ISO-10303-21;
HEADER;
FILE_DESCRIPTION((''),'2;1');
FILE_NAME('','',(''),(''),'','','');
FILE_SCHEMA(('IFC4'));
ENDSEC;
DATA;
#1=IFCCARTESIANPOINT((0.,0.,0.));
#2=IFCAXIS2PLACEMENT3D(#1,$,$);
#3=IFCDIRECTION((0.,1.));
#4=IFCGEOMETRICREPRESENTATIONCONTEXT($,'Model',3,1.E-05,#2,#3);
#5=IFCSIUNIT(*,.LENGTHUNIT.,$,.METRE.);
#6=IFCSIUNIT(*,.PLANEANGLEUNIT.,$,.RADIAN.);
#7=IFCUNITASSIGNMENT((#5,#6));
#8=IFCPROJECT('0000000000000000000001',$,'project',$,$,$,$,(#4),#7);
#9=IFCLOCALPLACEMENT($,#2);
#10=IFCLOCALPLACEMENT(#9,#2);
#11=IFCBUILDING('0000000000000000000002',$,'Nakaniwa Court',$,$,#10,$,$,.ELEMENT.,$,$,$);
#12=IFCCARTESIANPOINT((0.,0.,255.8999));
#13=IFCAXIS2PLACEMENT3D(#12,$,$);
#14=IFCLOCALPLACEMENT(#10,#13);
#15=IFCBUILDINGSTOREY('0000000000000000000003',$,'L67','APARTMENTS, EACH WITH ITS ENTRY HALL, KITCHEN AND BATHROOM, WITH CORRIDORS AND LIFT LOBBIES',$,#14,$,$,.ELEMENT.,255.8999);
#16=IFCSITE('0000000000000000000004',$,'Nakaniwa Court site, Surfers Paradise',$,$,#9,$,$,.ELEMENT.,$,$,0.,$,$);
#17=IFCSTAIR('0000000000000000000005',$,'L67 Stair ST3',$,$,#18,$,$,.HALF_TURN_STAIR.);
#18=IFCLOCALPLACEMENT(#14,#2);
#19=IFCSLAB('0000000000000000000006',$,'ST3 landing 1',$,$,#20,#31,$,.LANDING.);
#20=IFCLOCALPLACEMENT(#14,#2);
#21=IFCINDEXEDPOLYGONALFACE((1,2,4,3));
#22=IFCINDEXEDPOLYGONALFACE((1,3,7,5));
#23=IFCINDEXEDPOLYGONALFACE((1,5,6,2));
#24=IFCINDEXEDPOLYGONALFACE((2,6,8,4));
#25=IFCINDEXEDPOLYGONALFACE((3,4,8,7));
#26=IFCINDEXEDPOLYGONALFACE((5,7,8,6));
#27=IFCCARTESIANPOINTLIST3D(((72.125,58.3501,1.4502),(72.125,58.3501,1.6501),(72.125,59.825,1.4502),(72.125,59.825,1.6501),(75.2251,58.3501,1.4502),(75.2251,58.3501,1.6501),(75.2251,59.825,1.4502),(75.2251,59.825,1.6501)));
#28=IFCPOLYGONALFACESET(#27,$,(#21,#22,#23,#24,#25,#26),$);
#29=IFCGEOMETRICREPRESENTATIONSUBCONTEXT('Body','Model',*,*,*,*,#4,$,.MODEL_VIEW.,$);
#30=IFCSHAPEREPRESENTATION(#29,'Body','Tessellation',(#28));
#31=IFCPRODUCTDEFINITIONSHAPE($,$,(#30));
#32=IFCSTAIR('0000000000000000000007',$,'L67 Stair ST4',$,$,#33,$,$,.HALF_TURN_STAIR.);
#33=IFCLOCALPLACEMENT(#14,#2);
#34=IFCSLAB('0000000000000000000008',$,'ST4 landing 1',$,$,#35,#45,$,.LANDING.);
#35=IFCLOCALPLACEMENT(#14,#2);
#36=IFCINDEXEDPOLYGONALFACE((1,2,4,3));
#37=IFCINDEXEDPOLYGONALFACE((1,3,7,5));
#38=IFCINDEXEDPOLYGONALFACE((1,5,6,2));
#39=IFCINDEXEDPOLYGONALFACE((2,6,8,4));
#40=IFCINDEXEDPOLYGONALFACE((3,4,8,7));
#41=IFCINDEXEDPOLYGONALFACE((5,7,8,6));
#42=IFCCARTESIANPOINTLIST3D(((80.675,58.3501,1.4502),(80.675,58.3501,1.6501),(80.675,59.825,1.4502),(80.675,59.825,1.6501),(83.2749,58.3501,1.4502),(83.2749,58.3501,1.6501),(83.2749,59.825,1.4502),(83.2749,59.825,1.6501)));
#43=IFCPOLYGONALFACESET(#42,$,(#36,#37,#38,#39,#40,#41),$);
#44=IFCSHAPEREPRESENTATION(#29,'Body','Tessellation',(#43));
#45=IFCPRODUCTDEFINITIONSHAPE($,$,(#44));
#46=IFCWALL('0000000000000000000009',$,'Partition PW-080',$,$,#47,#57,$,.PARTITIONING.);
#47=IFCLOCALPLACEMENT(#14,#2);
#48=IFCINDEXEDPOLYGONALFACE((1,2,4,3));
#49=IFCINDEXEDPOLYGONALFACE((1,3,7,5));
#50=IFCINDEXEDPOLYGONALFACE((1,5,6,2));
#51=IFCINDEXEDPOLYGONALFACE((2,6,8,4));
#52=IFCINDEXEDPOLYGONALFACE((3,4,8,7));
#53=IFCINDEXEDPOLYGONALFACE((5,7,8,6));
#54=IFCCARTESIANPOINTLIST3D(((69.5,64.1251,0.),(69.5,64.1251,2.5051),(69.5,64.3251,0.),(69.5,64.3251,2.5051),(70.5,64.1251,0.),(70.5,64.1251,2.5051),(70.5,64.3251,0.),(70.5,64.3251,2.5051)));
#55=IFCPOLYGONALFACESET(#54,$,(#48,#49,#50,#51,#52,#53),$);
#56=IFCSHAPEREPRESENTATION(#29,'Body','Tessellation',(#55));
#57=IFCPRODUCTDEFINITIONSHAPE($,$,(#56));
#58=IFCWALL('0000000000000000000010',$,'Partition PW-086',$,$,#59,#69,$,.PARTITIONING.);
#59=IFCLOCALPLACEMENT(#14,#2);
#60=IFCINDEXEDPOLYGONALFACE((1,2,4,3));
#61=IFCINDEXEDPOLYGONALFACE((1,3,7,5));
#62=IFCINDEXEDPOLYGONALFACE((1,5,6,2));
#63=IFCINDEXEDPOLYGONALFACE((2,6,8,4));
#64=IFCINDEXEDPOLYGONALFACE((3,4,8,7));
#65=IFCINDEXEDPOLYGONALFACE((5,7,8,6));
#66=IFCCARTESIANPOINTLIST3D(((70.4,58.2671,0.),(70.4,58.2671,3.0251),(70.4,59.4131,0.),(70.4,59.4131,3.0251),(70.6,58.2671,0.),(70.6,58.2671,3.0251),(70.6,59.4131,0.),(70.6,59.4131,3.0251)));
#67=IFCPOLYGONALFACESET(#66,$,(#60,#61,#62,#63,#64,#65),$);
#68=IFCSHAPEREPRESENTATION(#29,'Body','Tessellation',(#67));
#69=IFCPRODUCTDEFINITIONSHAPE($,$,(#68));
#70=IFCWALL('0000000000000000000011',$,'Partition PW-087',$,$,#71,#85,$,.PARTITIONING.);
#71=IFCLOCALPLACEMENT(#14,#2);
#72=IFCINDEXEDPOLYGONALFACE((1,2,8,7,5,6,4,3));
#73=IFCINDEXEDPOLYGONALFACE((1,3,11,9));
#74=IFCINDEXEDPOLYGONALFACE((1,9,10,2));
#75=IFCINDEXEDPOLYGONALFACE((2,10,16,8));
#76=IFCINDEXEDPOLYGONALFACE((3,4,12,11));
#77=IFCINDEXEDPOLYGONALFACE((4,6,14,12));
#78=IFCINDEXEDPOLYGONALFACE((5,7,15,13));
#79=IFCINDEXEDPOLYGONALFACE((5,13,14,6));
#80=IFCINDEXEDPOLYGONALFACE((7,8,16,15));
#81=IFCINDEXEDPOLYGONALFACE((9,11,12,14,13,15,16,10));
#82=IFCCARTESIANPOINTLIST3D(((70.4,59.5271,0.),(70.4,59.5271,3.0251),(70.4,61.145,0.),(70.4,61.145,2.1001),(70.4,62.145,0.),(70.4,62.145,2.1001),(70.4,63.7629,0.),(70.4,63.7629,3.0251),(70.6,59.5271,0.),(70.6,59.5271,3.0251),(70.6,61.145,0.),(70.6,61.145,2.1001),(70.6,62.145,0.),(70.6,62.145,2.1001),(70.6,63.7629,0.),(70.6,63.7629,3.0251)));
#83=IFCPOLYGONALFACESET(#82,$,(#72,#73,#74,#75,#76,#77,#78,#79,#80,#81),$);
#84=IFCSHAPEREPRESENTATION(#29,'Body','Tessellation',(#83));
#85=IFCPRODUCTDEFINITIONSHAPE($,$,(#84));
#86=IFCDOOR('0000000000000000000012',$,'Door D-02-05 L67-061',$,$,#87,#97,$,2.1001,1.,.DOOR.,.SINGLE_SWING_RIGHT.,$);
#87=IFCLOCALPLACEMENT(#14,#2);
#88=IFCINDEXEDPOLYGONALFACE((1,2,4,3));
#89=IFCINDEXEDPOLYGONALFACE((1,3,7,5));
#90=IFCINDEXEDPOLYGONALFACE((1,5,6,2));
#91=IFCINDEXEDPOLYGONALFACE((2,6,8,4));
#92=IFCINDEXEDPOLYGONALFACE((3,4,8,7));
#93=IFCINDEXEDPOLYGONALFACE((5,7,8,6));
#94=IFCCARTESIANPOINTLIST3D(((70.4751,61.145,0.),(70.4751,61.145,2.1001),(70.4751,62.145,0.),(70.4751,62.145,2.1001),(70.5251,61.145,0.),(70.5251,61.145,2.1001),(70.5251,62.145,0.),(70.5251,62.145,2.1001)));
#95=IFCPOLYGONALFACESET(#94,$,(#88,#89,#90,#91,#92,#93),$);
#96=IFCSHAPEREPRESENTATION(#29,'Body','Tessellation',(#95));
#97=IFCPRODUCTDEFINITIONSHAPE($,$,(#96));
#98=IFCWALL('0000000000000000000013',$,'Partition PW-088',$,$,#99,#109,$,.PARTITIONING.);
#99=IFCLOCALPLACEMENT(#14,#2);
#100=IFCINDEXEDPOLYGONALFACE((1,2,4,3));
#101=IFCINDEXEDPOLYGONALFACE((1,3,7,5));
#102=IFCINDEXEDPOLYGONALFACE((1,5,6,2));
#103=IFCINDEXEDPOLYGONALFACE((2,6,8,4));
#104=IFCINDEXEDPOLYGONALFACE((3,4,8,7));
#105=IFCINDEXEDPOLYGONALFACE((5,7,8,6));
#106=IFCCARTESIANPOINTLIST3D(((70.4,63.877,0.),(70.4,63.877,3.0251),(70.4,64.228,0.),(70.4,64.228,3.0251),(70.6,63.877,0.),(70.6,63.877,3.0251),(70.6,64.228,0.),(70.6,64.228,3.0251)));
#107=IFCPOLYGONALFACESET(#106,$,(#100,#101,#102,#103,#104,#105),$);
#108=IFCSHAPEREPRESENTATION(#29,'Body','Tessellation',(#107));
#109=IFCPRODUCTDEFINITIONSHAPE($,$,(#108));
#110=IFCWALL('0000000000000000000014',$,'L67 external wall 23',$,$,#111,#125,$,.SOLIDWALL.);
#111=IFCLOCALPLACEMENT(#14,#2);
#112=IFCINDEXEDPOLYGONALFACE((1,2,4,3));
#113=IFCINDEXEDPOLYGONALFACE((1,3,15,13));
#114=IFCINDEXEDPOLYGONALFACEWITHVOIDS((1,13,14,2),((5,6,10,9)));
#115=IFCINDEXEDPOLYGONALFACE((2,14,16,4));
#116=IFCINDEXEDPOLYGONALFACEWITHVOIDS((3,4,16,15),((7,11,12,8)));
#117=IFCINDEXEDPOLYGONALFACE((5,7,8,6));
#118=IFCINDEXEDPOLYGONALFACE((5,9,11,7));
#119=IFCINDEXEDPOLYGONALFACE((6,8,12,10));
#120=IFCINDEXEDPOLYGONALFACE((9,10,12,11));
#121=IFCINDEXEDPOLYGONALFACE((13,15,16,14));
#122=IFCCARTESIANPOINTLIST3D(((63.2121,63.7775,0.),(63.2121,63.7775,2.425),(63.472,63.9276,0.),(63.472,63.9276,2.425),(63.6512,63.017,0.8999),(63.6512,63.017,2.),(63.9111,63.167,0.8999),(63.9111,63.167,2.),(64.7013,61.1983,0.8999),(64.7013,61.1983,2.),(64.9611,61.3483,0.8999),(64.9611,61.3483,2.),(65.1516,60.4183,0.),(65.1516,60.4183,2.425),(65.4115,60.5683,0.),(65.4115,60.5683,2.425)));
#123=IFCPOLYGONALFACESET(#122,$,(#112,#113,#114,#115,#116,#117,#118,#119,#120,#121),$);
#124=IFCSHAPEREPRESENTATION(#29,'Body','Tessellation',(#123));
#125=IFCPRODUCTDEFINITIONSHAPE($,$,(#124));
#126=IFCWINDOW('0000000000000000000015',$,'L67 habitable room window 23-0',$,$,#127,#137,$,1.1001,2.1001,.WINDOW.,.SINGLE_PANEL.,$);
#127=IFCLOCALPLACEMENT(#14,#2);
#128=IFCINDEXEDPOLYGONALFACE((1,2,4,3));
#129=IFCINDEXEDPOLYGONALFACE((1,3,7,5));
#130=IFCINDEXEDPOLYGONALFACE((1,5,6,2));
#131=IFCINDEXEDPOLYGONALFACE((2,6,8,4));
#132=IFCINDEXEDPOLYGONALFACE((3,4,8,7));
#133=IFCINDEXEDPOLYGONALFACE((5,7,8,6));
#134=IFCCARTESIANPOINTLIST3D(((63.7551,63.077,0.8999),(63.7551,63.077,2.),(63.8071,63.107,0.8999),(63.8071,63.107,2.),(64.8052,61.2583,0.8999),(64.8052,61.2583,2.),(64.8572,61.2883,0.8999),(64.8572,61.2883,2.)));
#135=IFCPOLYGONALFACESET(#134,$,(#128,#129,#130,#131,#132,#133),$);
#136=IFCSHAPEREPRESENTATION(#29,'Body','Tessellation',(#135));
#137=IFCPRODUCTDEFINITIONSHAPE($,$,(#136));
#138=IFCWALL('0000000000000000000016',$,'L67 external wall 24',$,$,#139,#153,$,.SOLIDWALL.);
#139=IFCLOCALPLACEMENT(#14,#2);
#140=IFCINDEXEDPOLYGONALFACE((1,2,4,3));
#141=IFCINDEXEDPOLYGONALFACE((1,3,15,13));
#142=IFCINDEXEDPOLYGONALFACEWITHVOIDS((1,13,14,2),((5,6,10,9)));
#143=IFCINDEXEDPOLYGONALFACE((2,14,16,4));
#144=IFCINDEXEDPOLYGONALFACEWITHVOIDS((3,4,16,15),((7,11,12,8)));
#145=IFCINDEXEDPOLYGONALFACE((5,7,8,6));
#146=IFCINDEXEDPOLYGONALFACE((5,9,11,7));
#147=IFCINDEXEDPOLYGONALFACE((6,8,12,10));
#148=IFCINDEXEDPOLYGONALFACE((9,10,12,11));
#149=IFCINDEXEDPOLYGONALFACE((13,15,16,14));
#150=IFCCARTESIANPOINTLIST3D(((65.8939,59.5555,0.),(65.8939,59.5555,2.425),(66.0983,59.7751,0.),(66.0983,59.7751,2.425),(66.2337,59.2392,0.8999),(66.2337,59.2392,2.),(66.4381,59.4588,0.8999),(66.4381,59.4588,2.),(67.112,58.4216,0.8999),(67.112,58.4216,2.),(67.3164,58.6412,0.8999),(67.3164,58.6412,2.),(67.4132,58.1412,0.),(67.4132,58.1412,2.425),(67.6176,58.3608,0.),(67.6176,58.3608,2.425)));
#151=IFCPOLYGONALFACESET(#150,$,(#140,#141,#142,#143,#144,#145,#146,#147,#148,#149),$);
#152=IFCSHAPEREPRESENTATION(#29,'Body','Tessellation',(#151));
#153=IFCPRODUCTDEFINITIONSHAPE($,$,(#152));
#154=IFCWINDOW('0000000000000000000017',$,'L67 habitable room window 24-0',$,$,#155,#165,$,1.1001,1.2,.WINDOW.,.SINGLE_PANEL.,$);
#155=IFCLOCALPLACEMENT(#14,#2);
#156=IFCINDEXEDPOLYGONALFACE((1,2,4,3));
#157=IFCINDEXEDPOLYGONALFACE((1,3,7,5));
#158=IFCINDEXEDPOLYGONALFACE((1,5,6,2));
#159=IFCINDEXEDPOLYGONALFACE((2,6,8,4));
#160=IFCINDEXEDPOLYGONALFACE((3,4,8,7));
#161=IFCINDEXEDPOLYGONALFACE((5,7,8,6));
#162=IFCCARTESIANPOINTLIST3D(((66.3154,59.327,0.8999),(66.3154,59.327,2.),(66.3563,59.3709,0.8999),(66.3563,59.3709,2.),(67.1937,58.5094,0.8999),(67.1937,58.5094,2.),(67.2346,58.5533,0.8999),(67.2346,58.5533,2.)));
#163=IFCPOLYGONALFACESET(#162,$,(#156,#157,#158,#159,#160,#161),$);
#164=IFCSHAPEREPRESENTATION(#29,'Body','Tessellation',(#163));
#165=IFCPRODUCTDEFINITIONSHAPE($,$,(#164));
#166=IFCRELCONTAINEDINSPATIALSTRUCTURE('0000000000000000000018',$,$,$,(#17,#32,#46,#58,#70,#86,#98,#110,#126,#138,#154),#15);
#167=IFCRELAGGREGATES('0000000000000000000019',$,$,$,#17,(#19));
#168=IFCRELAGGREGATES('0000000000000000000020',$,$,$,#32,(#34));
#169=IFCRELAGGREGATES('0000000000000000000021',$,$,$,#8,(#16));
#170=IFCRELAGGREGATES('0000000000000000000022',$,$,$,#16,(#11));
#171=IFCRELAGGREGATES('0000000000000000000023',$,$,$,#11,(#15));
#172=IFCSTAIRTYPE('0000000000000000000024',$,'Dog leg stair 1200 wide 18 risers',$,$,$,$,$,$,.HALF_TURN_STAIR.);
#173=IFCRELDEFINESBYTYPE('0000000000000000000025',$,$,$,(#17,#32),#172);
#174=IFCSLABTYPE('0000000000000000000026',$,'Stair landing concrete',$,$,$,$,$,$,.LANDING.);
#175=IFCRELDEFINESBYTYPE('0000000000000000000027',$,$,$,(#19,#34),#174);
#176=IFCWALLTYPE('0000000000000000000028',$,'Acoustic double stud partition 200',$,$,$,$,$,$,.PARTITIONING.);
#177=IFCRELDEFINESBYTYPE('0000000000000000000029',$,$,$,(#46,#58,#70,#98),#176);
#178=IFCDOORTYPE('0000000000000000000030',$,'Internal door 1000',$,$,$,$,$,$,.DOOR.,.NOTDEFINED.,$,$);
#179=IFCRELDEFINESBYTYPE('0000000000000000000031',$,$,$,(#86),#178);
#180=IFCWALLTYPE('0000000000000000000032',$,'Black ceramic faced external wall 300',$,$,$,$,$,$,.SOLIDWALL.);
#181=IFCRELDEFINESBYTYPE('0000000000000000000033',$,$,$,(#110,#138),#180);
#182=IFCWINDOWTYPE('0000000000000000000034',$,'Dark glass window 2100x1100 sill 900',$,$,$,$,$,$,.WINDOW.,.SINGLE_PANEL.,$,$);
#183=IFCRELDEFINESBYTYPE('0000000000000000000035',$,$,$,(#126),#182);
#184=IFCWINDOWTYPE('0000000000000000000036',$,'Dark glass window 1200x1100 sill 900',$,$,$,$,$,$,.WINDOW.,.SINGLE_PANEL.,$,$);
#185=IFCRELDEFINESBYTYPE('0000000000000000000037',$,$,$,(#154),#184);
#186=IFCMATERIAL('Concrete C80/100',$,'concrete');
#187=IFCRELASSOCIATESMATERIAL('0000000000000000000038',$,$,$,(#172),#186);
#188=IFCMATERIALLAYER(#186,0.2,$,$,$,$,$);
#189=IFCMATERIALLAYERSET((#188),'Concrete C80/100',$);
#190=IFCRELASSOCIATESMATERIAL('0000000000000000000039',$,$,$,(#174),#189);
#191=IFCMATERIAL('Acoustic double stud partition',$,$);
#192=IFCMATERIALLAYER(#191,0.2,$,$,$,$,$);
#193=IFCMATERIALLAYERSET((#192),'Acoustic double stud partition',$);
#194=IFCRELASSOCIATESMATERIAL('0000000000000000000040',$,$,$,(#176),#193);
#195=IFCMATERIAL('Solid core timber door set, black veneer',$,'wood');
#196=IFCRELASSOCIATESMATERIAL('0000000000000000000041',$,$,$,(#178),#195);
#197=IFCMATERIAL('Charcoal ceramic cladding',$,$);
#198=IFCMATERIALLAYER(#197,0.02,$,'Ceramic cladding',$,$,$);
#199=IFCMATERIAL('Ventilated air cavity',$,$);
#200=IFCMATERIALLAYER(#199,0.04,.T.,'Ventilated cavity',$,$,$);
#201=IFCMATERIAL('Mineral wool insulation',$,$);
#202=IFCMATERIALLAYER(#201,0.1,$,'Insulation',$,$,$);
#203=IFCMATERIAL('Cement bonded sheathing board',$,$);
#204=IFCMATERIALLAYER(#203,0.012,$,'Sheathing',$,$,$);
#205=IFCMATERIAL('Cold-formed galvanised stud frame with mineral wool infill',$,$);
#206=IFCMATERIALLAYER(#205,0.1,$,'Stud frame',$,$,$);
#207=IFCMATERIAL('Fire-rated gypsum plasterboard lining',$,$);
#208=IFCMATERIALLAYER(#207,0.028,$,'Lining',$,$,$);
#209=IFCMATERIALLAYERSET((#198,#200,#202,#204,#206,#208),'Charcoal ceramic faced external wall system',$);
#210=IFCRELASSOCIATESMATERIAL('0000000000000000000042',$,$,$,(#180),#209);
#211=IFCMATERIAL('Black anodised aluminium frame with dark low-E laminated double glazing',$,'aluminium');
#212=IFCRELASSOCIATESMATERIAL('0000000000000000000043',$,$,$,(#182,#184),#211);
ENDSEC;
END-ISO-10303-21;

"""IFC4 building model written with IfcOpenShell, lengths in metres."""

from ifc_helpers import new_model, si_unit, direction, frame, frame_2d, origin, place, context, subcontext, project, spatial, polyline, rectangle, outline, extrude, material, layer, layer_set, type_object, element, fill, aggregate, save


model = new_model("IFC4")

# Units and contexts
model_context = context("Model", 3, precision=1e-05, world=origin(), true_north=direction((0.0, 1.0)))
body_context = subcontext(model_context, "Body", "Model", "MODEL_VIEW")
ifc_project = project(units=[si_unit("LENGTHUNIT", "METRE"), si_unit("PLANEANGLEUNIT", "RADIAN")], contexts=[model_context])

# Site, building, storey
site_placement = place(None, origin())
site = spatial("IfcSite", under=ifc_project, at=site_placement, Name="Nakaniwa Court site, Surfers Paradise", CompositionType="ELEMENT", RefElevation=0.0)
building_placement = place(site_placement, origin())
building = spatial("IfcBuilding", under=site, at=building_placement, Name="Nakaniwa Court", CompositionType="ELEMENT")
storey_placement = place(building_placement, frame((0.0, 0.0, 255.8999)))
storey = spatial("IfcBuildingStorey", under=building, at=storey_placement, Name="L67", Description="APARTMENTS, EACH WITH ITS ENTRY HALL, KITCHEN AND BATHROOM, WITH CORRIDORS AND LIFT LOBBIES", CompositionType="ELEMENT", Elevation=255.8999)

# Shared definitions
ifc_material_1 = material(Name="Concrete C80/100", Category="concrete")

# Stairs, slabs
stair_type = type_object("IfcStairType", Name="Dog leg stair 1200 wide 18 risers", PredefinedType="HALF_TURN_STAIR", material=ifc_material_1)
ifc_layer_1 = layer(ifc_material_1, 0.2)
ifc_layer_set_1 = layer_set([ifc_layer_1], Name="Concrete C80/100")
slab_type_1 = type_object("IfcSlabType", Name="Stair landing concrete", PredefinedType="LANDING", material=ifc_layer_set_1)
stair_1_placement = place(storey_placement, origin())
stair_1 = element("IfcStair", 1, at=stair_1_placement, inside=storey, type_object=stair_type, Name="L67 Stair ST3", PredefinedType="HALF_TURN_STAIR")
slab_1_placement = place(storey_placement, frame((0.0, 0.0, 1.4502)))
slab_1 = element("IfcSlab", 2, at=slab_1_placement, type_object=slab_type_1, Name="ST3 landing 1", PredefinedType="LANDING", context=body_context, shape_type="SweptSolid", body=[
    extrude(outline(polyline([(75.2251, 58.3501), (75.2251, 59.825), (72.125, 59.825), (72.125, 58.3501), (75.2251, 58.3501)])), origin(), (0.0, 0.0, 1.0), 0.2),
])
aggregate(stair_1, [slab_1])
stair_2_placement = place(storey_placement, origin())
stair_2 = element("IfcStair", 3, at=stair_2_placement, inside=storey, type_object=stair_type, Name="L67 Stair ST4", PredefinedType="HALF_TURN_STAIR")
slab_2_placement = place(storey_placement, frame((0.0, 0.0, 1.4502)))
slab_2 = element("IfcSlab", 4, at=slab_2_placement, type_object=slab_type_1, Name="ST4 landing 1", PredefinedType="LANDING", context=body_context, shape_type="SweptSolid", body=[
    extrude(outline(polyline([(83.2749, 58.3501), (83.2749, 59.825), (80.675, 59.825), (80.675, 58.3501), (83.2749, 58.3501)])), origin(), (0.0, 0.0, 1.0), 0.2),
])
aggregate(stair_2, [slab_2])

# Walls
ifc_material_2 = material(Name="Acoustic double stud partition")
ifc_layer_2 = layer(ifc_material_2, 0.2)
ifc_layer_set_2 = layer_set([ifc_layer_2], Name="Acoustic double stud partition")
wall_type_1 = type_object("IfcWallType", Name="Acoustic double stud partition 200", PredefinedType="PARTITIONING", material=ifc_layer_set_2)
wall_1_placement = place(storey_placement, frame((69.5, 64.2251, 0.0), z_axis=(0.0, 0.0, 1.0), x_axis=(1.0, 0.0, 0.0)))
element("IfcWall", 5, at=wall_1_placement, inside=storey, type_object=wall_type_1, Name="Partition PW-080", PredefinedType="PARTITIONING", context=body_context, shape_type="SweptSolid", body=[
    extrude(rectangle(XDim=1.0, YDim=0.2, at=frame_2d((0.5, 0.0))), origin(), (0.0, 0.0, 1.0), 2.5051),
])
wall_2_placement = place(storey_placement, frame((70.5, 58.2671, 0.0), z_axis=(0.0, 0.0, 1.0), x_axis=(0.0, 1.0, 0.0)))
element("IfcWall", 6, at=wall_2_placement, inside=storey, type_object=wall_type_1, Name="Partition PW-086", PredefinedType="PARTITIONING", context=body_context, shape_type="SweptSolid", body=[
    extrude(rectangle(XDim=1.146, YDim=0.2, at=frame_2d((0.573, 0.0))), origin(), (0.0, 0.0, 1.0), 3.0251),
])

# Wall, opening, door
wall_3_placement = place(storey_placement, frame((70.5, 59.5271, 0.0), z_axis=(0.0, 0.0, 1.0), x_axis=(0.0, 1.0, 0.0)))
wall_3 = element("IfcWall", 7, at=wall_3_placement, inside=storey, type_object=wall_type_1, Name="Partition PW-087", PredefinedType="PARTITIONING", context=body_context, shape_type="SweptSolid", body=[
    extrude(rectangle(XDim=4.2358, YDim=0.2, at=frame_2d((2.1179, 0.0))), origin(), (0.0, 0.0, 1.0), 3.0251),
])
opening_1_placement = place(wall_3_placement, frame((1.6179, 0.0, 0.0)))
opening_1 = element("IfcOpeningElement", 8, at=opening_1_placement, cuts=wall_3, PredefinedType="OPENING", context=body_context, shape_type="SweptSolid", body=[
    extrude(rectangle(XDim=1.0, YDim=2.1001, at=frame_2d((0.5, 1.05))), frame((0.0, 0.1099, 0.0), z_axis=(0.0, -1.0, 0.0), x_axis=(1.0, 0.0, 0.0)), (0.0, 0.0, 1.0), 0.22),
])
ifc_material_3 = material(Name="Solid core timber door set, black veneer", Category="wood")
door_type = type_object("IfcDoorType", Name="Internal door 1000", OperationType="NOTDEFINED", PredefinedType="DOOR", material=ifc_material_3)
door_placement = place(opening_1_placement, origin())
door = element("IfcDoor", 9, at=door_placement, inside=storey, type_object=door_type, Name="Door D-02-05 L67-061", OperationType="SINGLE_SWING_RIGHT", OverallHeight=2.1001, OverallWidth=1.0, PredefinedType="DOOR", context=body_context, shape_type="SweptSolid", body=[
    extrude(rectangle(XDim=1.0, YDim=2.1001, at=frame_2d((0.5, 1.05))), frame((0.0, 0.0249, 0.0), z_axis=(0.0, -1.0, 0.0), x_axis=(1.0, 0.0, 0.0)), (0.0, 0.0, 1.0), 0.05),
])
fill(opening_1, door)

# Wall
wall_4_placement = place(storey_placement, frame((70.5, 63.877, 0.0), z_axis=(0.0, 0.0, 1.0), x_axis=(0.0, 1.0, 0.0)))
element("IfcWall", 10, at=wall_4_placement, inside=storey, type_object=wall_type_1, Name="Partition PW-088", PredefinedType="PARTITIONING", context=body_context, shape_type="SweptSolid", body=[
    extrude(rectangle(XDim=0.3511, YDim=0.2, at=frame_2d((0.1755, 0.0))), origin(), (0.0, 0.0, 1.0), 3.0251),
])

# Walls, openings, windows
ifc_material_4 = material(Name="Charcoal ceramic cladding")
ifc_layer_3 = layer(ifc_material_4, 0.02, Name="Ceramic cladding")
ifc_material_5 = material(Name="Ventilated air cavity")
ifc_layer_4 = layer(ifc_material_5, 0.04, ventilated=True, Name="Ventilated cavity")
ifc_material_6 = material(Name="Mineral wool insulation")
ifc_layer_5 = layer(ifc_material_6, 0.1, Name="Insulation")
ifc_material_7 = material(Name="Cement bonded sheathing board")
ifc_layer_6 = layer(ifc_material_7, 0.012, Name="Sheathing")
ifc_material_8 = material(Name="Cold-formed galvanised stud frame with mineral wool infill")
ifc_layer_7 = layer(ifc_material_8, 0.1, Name="Stud frame")
ifc_material_9 = material(Name="Fire-rated gypsum plasterboard lining")
ifc_layer_8 = layer(ifc_material_9, 0.028, Name="Lining")
ifc_layer_set_3 = layer_set([ifc_layer_3, ifc_layer_4, ifc_layer_5, ifc_layer_6, ifc_layer_7, ifc_layer_8], Name="Charcoal ceramic faced external wall system")
wall_type_2 = type_object("IfcWallType", Name="Black ceramic faced external wall 300", PredefinedType="SOLIDWALL", material=ifc_layer_set_3)
wall_5_placement = place(storey_placement, frame((63.342, 63.8525, 0.0), z_axis=(0.0, 0.0, 1.0), x_axis=(0.500011, -0.866019, 0.0)))
wall_5 = element("IfcWall", 11, at=wall_5_placement, inside=storey, type_object=wall_type_2, Name="L67 external wall 23", PredefinedType="SOLIDWALL", context=body_context, shape_type="SweptSolid", body=[
    extrude(rectangle(XDim=3.8789, YDim=0.3, at=frame_2d((1.9395, 0.0))), origin(), (0.0, 0.0, 1.0), 2.425),
])
opening_2_placement = place(wall_5_placement, frame((0.8782, 0.0, 0.8999)))
opening_2 = element("IfcOpeningElement", 12, at=opening_2_placement, cuts=wall_5, PredefinedType="OPENING", context=body_context, shape_type="SweptSolid", body=[
    extrude(rectangle(XDim=2.1001, YDim=1.1001, at=frame_2d((1.05, 0.55))), frame((0.0, 0.1599, 0.0), z_axis=(0.0, -1.0, 0.0), x_axis=(1.0, 0.0, 0.0)), (0.0, 0.0, 1.0), 0.3201),
])
ifc_material_10 = material(Name="Black anodised aluminium frame with dark low-E laminated double glazing", Category="aluminium")
window_type_1 = type_object("IfcWindowType", Name="Dark glass window 2100x1100 sill 900", PartitioningType="SINGLE_PANEL", PredefinedType="WINDOW", material=ifc_material_10)
window_1_placement = place(opening_2_placement, origin())
window_1 = element("IfcWindow", 13, at=window_1_placement, inside=storey, type_object=window_type_1, Name="L67 habitable room window 23-0", OverallHeight=1.1001, OverallWidth=2.1001, PartitioningType="SINGLE_PANEL", PredefinedType="WINDOW", context=body_context, shape_type="SweptSolid", body=[
    extrude(rectangle(XDim=2.1001, YDim=1.1001, at=frame_2d((1.05, 0.55))), frame((0.0, 0.03, 0.0), z_axis=(0.0, -1.0, 0.0), x_axis=(1.0, 0.0, 0.0)), (0.0, 0.0, 1.0), 0.0601),
])
fill(opening_2, window_1)
wall_6_placement = place(storey_placement, frame((65.9961, 59.6653, 0.0), z_axis=(0.0, 0.0, 1.0), x_axis=(0.731943, -0.681366, 0.0)))
wall_6 = element("IfcWall", 14, at=wall_6_placement, inside=storey, type_object=wall_type_2, Name="L67 external wall 24", PredefinedType="SOLIDWALL", context=body_context, shape_type="SweptSolid", body=[
    extrude(rectangle(XDim=2.0757, YDim=0.3, at=frame_2d((1.0378, 0.0))), origin(), (0.0, 0.0, 1.0), 2.425),
])
opening_3_placement = place(wall_6_placement, frame((0.4641, 0.0, 0.8999)))
opening_3 = element("IfcOpeningElement", 15, at=opening_3_placement, cuts=wall_6, PredefinedType="OPENING", context=body_context, shape_type="SweptSolid", body=[
    extrude(rectangle(XDim=1.2, YDim=1.1001, at=frame_2d((0.6001, 0.55))), frame((0.0, 0.1599, 0.0), z_axis=(0.0, -1.0, 0.0), x_axis=(1.0, 0.0, 0.0)), (0.0, 0.0, 1.0), 0.3201),
])
window_type_2 = type_object("IfcWindowType", Name="Dark glass window 1200x1100 sill 900", PartitioningType="SINGLE_PANEL", PredefinedType="WINDOW", material=ifc_material_10)
window_2_placement = place(opening_3_placement, origin())
window_2 = element("IfcWindow", 16, at=window_2_placement, inside=storey, type_object=window_type_2, Name="L67 habitable room window 24-0", OverallHeight=1.1001, OverallWidth=1.2, PartitioningType="SINGLE_PANEL", PredefinedType="WINDOW", context=body_context, shape_type="SweptSolid", body=[
    extrude(rectangle(XDim=1.2, YDim=1.1001, at=frame_2d((0.6001, 0.55))), frame((0.0, 0.03, 0.0), z_axis=(0.0, -1.0, 0.0), x_axis=(1.0, 0.0, 0.0)), (0.0, 0.0, 1.0), 0.0601),
])
fill(opening_3, window_2)

save(model, "model.ifc")
